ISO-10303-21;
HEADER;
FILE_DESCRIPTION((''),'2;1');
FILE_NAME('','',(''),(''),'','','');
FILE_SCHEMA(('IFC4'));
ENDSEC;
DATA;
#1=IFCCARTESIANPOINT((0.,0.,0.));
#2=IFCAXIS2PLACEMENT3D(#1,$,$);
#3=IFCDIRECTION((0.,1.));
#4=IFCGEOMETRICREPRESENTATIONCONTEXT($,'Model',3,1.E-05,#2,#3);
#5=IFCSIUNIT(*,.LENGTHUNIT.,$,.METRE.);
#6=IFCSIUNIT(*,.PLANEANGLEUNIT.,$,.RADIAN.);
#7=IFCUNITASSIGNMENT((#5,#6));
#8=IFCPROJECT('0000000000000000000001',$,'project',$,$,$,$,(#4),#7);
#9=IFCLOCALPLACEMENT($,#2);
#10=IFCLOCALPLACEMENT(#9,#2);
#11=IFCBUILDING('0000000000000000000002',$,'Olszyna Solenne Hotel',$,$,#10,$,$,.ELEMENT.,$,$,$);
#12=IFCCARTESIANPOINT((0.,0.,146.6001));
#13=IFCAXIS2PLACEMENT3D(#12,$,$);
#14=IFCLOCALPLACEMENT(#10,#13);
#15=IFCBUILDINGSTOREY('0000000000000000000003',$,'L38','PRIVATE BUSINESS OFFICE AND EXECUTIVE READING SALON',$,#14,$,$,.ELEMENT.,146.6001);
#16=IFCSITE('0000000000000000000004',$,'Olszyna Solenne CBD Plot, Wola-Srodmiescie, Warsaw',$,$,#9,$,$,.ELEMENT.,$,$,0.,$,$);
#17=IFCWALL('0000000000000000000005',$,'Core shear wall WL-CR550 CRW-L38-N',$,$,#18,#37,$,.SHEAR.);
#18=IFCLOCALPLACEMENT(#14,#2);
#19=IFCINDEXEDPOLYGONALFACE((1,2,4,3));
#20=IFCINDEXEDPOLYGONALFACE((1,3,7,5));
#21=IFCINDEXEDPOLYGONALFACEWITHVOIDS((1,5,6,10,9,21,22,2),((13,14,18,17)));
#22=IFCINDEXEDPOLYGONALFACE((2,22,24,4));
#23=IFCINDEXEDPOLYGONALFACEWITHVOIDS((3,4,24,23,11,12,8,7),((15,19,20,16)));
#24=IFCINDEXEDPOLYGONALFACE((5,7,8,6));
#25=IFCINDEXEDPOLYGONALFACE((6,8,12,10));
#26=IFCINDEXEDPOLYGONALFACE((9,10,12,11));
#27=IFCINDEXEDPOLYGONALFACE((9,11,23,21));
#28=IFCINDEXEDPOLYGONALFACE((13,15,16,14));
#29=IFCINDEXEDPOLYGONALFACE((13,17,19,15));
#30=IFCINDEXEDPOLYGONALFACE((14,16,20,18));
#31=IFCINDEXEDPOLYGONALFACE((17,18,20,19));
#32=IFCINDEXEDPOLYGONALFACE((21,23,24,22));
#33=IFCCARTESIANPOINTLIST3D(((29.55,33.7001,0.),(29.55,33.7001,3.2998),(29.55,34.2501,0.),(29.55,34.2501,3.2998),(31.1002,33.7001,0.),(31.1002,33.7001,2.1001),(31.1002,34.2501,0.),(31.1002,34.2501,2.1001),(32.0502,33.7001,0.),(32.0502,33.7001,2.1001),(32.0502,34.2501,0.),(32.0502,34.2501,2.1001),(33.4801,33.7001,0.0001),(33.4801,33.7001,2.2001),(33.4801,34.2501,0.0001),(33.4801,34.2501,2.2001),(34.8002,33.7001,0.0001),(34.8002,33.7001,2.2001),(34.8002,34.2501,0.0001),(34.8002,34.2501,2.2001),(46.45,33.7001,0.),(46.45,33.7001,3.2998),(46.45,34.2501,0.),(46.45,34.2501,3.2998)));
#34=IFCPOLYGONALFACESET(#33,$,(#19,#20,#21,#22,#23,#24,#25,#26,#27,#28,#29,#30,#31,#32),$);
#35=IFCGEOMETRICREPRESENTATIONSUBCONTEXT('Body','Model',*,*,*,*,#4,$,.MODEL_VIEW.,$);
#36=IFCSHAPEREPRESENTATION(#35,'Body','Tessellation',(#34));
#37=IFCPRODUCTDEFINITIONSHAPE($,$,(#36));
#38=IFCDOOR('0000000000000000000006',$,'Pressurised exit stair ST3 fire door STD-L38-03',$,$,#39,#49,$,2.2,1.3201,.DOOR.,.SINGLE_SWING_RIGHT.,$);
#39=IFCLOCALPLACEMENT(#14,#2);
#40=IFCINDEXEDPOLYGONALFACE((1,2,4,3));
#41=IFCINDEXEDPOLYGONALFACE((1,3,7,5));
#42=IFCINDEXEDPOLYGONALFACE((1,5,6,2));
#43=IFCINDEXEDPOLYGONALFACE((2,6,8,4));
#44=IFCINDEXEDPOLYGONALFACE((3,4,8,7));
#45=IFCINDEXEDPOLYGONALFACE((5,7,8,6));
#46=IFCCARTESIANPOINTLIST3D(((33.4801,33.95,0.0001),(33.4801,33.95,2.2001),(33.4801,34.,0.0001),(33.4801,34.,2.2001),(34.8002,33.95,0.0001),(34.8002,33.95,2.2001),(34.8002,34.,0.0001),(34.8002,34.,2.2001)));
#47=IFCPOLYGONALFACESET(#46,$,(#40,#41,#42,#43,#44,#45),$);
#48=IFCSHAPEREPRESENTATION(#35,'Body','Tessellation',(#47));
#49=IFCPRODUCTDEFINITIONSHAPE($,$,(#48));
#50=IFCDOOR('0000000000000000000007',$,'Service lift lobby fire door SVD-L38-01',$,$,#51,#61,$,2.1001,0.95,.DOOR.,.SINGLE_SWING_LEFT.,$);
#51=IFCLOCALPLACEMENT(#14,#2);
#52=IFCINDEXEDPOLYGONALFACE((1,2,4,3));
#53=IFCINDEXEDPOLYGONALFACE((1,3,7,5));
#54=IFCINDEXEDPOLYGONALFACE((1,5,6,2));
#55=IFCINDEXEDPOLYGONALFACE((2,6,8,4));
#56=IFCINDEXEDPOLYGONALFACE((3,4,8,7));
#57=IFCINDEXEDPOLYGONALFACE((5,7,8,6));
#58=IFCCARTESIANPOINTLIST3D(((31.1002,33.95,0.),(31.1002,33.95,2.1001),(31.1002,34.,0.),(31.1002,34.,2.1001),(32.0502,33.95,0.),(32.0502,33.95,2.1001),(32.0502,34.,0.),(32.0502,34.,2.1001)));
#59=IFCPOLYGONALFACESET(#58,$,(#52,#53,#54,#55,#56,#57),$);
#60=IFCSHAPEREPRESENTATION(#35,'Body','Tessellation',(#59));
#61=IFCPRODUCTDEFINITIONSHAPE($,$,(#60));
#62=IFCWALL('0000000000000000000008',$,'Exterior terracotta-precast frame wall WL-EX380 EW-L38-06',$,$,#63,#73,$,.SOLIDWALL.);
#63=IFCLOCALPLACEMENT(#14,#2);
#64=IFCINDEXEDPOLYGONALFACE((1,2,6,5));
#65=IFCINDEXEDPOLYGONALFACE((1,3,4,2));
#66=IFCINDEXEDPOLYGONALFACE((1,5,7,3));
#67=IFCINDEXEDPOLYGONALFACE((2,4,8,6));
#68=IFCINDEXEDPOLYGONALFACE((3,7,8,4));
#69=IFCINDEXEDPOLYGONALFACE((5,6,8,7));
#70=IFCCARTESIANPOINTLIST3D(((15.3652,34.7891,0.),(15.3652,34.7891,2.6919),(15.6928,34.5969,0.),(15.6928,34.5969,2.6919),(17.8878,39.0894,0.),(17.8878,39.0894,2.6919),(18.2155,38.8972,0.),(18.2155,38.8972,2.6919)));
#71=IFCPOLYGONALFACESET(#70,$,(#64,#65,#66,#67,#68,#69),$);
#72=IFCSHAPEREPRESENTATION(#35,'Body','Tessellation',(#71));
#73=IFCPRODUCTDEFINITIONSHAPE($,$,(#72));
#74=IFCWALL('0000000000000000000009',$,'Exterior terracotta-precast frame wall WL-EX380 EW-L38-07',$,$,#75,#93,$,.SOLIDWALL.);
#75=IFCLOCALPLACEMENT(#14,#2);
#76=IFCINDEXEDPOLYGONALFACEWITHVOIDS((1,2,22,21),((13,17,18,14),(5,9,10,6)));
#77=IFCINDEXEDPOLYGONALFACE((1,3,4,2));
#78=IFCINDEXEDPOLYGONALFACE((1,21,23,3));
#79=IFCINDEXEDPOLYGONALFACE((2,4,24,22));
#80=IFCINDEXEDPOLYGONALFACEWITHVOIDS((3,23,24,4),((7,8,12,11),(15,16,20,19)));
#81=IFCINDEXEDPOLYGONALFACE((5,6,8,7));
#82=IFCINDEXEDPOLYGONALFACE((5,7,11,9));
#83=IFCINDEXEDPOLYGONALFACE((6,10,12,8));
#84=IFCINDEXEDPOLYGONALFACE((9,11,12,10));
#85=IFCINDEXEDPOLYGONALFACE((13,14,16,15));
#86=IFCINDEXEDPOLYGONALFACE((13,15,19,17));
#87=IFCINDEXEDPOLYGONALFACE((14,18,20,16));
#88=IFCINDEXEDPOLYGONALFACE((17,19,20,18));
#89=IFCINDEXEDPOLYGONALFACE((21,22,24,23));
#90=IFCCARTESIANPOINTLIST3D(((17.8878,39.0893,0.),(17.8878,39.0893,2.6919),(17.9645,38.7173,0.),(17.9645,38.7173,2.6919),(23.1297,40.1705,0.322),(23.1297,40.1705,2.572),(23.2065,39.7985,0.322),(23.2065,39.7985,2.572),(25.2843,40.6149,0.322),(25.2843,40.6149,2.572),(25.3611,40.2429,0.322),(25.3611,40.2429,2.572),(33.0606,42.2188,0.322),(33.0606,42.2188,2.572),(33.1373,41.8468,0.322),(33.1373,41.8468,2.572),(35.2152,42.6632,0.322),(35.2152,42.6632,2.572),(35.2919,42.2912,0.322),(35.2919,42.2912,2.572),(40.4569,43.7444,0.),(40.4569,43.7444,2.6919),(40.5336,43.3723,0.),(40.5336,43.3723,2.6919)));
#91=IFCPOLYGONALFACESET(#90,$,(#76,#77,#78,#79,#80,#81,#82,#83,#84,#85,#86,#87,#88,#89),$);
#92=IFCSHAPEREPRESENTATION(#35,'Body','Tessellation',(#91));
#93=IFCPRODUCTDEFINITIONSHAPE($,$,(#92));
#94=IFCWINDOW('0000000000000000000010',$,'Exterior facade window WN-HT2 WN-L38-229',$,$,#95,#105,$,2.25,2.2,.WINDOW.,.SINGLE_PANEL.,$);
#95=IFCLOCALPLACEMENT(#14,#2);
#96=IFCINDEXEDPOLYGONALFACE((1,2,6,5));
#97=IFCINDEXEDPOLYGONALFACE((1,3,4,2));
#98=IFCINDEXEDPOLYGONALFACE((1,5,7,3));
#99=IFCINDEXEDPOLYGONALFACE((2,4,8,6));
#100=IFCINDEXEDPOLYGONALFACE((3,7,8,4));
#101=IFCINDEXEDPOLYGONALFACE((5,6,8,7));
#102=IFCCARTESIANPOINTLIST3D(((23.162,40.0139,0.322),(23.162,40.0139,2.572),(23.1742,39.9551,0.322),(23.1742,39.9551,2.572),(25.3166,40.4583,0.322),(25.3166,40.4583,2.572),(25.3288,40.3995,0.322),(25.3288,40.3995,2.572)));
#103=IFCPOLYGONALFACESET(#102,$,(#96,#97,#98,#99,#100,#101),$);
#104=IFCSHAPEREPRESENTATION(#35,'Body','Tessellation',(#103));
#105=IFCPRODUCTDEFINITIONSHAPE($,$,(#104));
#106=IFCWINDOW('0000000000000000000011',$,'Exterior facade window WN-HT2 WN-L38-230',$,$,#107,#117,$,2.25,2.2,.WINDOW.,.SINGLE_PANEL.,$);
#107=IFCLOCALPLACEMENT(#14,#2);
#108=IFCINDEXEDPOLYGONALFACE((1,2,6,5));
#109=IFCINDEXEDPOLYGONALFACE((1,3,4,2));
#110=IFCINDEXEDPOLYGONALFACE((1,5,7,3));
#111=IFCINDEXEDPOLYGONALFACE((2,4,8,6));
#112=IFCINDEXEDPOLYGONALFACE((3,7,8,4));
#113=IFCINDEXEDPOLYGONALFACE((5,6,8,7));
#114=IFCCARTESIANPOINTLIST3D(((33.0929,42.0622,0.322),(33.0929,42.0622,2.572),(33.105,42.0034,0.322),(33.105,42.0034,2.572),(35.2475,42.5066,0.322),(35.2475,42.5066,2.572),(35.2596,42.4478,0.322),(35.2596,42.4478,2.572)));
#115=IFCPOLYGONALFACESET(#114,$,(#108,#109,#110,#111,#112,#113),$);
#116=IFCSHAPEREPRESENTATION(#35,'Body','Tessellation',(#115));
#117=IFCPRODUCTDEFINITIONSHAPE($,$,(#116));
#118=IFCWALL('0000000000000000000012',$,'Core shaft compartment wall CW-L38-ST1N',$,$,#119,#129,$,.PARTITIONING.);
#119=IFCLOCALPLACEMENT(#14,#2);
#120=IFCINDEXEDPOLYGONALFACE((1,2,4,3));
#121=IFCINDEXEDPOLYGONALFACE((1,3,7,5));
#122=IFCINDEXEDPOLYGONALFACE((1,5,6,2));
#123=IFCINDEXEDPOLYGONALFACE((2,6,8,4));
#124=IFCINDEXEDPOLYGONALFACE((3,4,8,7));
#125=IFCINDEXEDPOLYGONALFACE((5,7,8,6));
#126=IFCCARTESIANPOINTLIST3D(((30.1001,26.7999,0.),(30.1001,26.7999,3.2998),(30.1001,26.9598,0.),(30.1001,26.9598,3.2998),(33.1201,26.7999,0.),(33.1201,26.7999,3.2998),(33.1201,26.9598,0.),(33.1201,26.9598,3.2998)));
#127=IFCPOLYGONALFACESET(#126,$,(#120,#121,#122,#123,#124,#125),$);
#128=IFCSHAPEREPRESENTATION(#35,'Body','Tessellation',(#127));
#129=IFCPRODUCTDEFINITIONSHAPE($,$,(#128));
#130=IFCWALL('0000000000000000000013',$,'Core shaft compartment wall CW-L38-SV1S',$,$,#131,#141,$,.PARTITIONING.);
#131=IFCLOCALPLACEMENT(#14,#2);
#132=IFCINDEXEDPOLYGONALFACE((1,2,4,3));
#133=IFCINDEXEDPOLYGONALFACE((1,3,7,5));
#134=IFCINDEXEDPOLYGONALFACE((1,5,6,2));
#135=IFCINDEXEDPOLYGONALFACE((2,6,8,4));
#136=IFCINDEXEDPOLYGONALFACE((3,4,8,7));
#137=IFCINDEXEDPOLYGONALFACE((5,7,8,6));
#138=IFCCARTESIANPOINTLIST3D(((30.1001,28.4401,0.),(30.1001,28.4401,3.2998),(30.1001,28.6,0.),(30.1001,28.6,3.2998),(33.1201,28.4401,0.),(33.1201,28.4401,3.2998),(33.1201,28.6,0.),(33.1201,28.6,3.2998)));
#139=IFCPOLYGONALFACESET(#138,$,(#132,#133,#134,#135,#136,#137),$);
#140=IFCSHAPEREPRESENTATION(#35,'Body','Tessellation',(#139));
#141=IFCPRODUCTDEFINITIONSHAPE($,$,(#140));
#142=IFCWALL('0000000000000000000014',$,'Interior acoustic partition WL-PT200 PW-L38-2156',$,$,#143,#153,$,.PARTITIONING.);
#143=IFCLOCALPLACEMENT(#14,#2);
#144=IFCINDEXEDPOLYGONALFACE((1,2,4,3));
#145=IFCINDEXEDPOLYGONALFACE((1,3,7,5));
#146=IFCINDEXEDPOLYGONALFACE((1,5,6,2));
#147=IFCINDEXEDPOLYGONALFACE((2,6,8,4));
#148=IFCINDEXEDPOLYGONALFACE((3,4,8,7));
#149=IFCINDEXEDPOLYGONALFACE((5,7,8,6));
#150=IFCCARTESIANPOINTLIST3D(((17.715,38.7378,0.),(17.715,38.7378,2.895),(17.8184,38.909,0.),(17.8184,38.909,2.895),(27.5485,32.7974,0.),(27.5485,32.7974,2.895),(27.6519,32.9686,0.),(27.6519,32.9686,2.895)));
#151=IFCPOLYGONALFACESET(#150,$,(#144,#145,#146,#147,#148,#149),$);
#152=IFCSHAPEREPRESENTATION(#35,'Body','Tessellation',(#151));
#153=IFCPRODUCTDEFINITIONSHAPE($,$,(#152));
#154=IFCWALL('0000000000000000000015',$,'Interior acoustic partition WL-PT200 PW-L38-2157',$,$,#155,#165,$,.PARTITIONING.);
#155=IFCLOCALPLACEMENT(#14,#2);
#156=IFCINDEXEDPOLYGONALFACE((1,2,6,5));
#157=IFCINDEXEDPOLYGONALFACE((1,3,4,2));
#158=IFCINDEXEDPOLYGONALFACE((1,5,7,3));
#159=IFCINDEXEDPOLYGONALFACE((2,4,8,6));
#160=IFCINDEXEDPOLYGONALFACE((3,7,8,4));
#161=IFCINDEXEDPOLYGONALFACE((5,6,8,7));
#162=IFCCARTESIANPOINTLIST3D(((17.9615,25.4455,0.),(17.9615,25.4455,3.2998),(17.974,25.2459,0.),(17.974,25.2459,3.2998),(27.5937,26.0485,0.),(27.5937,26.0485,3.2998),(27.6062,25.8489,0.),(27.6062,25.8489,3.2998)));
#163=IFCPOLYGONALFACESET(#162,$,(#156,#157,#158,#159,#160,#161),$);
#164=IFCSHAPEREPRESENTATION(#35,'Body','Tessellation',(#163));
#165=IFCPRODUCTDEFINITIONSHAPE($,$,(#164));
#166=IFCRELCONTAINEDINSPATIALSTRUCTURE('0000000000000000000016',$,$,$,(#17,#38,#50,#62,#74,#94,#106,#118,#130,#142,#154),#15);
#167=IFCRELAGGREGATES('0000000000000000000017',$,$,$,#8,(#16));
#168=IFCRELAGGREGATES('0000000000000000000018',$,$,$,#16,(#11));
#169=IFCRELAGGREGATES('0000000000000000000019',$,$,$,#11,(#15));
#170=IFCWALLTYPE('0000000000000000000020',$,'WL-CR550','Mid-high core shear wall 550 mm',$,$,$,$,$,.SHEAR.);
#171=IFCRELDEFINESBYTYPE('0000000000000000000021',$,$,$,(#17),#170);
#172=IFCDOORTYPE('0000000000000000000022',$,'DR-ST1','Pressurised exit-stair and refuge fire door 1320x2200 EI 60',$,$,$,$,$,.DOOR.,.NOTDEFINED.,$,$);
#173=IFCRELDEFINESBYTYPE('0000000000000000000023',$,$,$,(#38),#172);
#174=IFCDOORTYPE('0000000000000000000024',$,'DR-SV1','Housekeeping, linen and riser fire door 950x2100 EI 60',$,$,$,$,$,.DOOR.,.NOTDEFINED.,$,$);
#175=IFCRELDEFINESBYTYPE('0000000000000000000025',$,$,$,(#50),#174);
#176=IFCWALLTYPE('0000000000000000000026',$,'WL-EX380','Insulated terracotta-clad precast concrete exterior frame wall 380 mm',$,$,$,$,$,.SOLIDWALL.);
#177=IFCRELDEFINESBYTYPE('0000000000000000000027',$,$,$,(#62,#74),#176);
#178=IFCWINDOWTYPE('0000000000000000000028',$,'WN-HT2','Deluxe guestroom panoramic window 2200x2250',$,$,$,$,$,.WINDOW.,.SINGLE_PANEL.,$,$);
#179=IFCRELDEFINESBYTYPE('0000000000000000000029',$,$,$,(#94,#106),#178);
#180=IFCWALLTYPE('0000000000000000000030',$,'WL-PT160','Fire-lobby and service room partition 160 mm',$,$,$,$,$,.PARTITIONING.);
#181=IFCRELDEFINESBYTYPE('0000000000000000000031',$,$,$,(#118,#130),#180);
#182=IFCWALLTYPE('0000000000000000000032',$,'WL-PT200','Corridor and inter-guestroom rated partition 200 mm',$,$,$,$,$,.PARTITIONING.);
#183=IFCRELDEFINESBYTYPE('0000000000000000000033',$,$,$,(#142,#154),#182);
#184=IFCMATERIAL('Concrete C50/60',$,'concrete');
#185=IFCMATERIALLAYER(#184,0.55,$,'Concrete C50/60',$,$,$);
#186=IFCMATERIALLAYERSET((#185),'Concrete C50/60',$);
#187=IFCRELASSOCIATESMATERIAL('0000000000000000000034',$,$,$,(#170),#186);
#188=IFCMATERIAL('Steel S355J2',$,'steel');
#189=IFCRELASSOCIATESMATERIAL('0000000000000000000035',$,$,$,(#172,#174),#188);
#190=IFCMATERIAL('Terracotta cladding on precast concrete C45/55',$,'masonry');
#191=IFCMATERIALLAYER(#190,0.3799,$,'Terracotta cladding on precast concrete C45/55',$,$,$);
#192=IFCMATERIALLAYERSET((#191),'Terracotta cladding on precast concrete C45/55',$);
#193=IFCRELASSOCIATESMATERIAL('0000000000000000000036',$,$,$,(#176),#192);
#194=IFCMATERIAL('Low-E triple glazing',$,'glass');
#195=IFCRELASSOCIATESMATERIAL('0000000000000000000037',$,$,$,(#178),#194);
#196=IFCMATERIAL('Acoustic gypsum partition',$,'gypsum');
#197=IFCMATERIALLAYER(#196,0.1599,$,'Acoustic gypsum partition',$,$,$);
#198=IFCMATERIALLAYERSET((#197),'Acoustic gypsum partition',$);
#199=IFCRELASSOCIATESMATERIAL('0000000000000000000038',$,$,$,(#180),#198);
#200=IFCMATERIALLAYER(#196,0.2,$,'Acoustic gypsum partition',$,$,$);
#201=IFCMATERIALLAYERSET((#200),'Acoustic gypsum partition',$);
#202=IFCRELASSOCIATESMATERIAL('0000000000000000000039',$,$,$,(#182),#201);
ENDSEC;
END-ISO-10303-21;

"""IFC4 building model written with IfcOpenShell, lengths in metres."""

from ifc_helpers import new_model, si_unit, direction, frame, frame_2d, origin, place, context, subcontext, project, spatial, rectangle, extrude, source, transform, mapped, material, layer, layer_set, type_object, type_shapes, element, fill, save


model = new_model("IFC4")

# Units and contexts
model_context = context("Model", 3, precision=1e-05, world=origin(), true_north=direction((0.0, 1.0)))
body_context = subcontext(model_context, "Body", "Model", "MODEL_VIEW")
ifc_project = project(units=[si_unit("LENGTHUNIT", "METRE"), si_unit("PLANEANGLEUNIT", "RADIAN")], contexts=[model_context])

# Site, building, storey
site_placement = place(None, origin())
site = spatial("IfcSite", under=ifc_project, at=site_placement, Name="Olszyna Solenne CBD Plot, Wola-Srodmiescie, Warsaw", CompositionType="ELEMENT", RefElevation=0.0)
building_placement = place(site_placement, origin())
building = spatial("IfcBuilding", under=site, at=building_placement, Name="Olszyna Solenne Hotel", CompositionType="ELEMENT")
storey_placement = place(building_placement, frame((0.0, 0.0, 146.6001)))
storey = spatial("IfcBuildingStorey", under=building, at=storey_placement, Name="L38", Description="PRIVATE BUSINESS OFFICE AND EXECUTIVE READING SALON", CompositionType="ELEMENT", Elevation=146.6001)

# Shared definitions
ifc_material_1 = material(Name="Steel S355J2", Category="steel")

# Wall, openings, doors
ifc_material_2 = material(Name="Concrete C50/60", Category="concrete")
ifc_layer_1 = layer(ifc_material_2, 0.55, Name="Concrete C50/60")
ifc_layer_set_1 = layer_set([ifc_layer_1], Name="Concrete C50/60")
wall_type_1 = type_object("IfcWallType", Name="WL-CR550", Description="Mid-high core shear wall 550 mm", PredefinedType="SHEAR", material=ifc_layer_set_1)
wall_1_placement = place(storey_placement, frame((29.55, 33.9751, 0.0), z_axis=(0.0, 0.0, 1.0), x_axis=(1.0, 0.0, 0.0)))
wall_1 = element("IfcWall", 1, at=wall_1_placement, inside=storey, type_object=wall_type_1, Name="Core shear wall WL-CR550 CRW-L38-N", PredefinedType="SHEAR", context=body_context, shape_type="SweptSolid", body=[
    extrude(rectangle(XDim=16.8999, YDim=0.55, at=frame_2d((8.45, 0.0))), origin(), (0.0, 0.0, 1.0), 3.2998),
])
opening_1_placement = place(wall_1_placement, frame((1.55, 0.0, 0.0)))
opening_1 = element("IfcOpeningElement", 2, at=opening_1_placement, cuts=wall_1, PredefinedType="OPENING", context=body_context, shape_type="SweptSolid", body=[
    extrude(rectangle(XDim=0.95, YDim=2.1001, at=frame_2d((0.4751, 1.05))), frame((0.0, 0.2852, 0.0), z_axis=(0.0, -1.0, 0.0), x_axis=(1.0, 0.0, 0.0)), (0.0, 0.0, 1.0), 0.5701),
])
opening_2_placement = place(wall_1_placement, frame((3.9299, 0.0, 0.0)))
opening_2 = element("IfcOpeningElement", 3, at=opening_2_placement, cuts=wall_1, PredefinedType="OPENING", context=body_context, shape_type="SweptSolid", body=[
    extrude(rectangle(XDim=1.3201, YDim=2.2, at=frame_2d((0.6602, 1.1001))), frame((0.0, 0.2852, 0.0), z_axis=(0.0, -1.0, 0.0), x_axis=(1.0, 0.0, 0.0)), (0.0, 0.0, 1.0), 0.5701),
])
door_type_1 = type_object("IfcDoorType", Name="DR-ST1", Description="Pressurised exit-stair and refuge fire door 1320x2200 EI 60", OperationType="NOTDEFINED", PredefinedType="DOOR", material=ifc_material_1)
shared_shape_1 = source(origin(), body_context, "Body", "SweptSolid", [
    extrude(rectangle(XDim=1.3201, YDim=2.2, at=frame_2d((0.6602, 1.1001))), frame((0.0, 0.0249, 0.0), z_axis=(0.0, -1.0, 0.0), x_axis=(1.0, 0.0, 0.0)), (0.0, 0.0, 1.0), 0.05),
])
type_shapes(door_type_1, [shared_shape_1])
door_1_placement = place(opening_2_placement, origin())
door_1 = element("IfcDoor", 4, at=door_1_placement, inside=storey, type_object=door_type_1, Name="Pressurised exit stair ST3 fire door STD-L38-03", OperationType="SINGLE_SWING_RIGHT", OverallHeight=2.2, OverallWidth=1.3201, PredefinedType="DOOR", context=body_context, shape_type="MappedRepresentation", body=[
    mapped(shared_shape_1, transform((0.0, 0.0, 0.0), x_axis=(1.0, 0.0, 0.0), y_axis=(0.0, 1.0, 0.0), z_axis=(0.0, 0.0, 1.0), scale=1.0)),
])
fill(opening_2, door_1)
door_type_2 = type_object("IfcDoorType", Name="DR-SV1", Description="Housekeeping, linen and riser fire door 950x2100 EI 60", OperationType="NOTDEFINED", PredefinedType="DOOR", material=ifc_material_1)
shared_shape_2 = source(origin(), body_context, "Body", "SweptSolid", [
    extrude(rectangle(XDim=0.95, YDim=2.1001, at=frame_2d((0.4751, 1.05))), frame((0.0, 0.0249, 0.0), z_axis=(0.0, -1.0, 0.0), x_axis=(1.0, 0.0, 0.0)), (0.0, 0.0, 1.0), 0.05),
])
type_shapes(door_type_2, [shared_shape_2])
door_2_placement = place(opening_1_placement, origin())
door_2 = element("IfcDoor", 5, at=door_2_placement, inside=storey, type_object=door_type_2, Name="Service lift lobby fire door SVD-L38-01", OperationType="SINGLE_SWING_LEFT", OverallHeight=2.1001, OverallWidth=0.95, PredefinedType="DOOR", context=body_context, shape_type="MappedRepresentation", body=[
    mapped(shared_shape_2, transform((0.0, 0.0, 0.0), x_axis=(1.0, 0.0, 0.0), y_axis=(0.0, 1.0, 0.0), z_axis=(0.0, 0.0, 1.0), scale=1.0)),
])
fill(opening_1, door_2)

# Wall
ifc_material_3 = material(Name="Terracotta cladding on precast concrete C45/55", Category="masonry")
ifc_layer_2 = layer(ifc_material_3, 0.3799, Name="Terracotta cladding on precast concrete C45/55")
ifc_layer_set_2 = layer_set([ifc_layer_2], Name="Terracotta cladding on precast concrete C45/55")
wall_type_2 = type_object("IfcWallType", Name="WL-EX380", Description="Insulated terracotta-clad precast concrete exterior frame wall 380 mm", PredefinedType="SOLIDWALL", material=ifc_layer_set_2)
wall_2_placement = place(storey_placement, frame((15.5291, 34.6931, 0.0), z_axis=(0.0, 0.0, 1.0), x_axis=(0.505995, 0.862537, 0.0)))
element("IfcWall", 6, at=wall_2_placement, inside=storey, type_object=wall_type_2, Name="Exterior terracotta-precast frame wall WL-EX380 EW-L38-06", PredefinedType="SOLIDWALL", context=body_context, shape_type="SweptSolid", body=[
    extrude(rectangle(XDim=4.9856, YDim=0.3799, at=frame_2d((2.4927, 0.0))), origin(), (0.0, 0.0, 1.0), 2.6919),
])

# Wall, openings, windows
wall_3_placement = place(storey_placement, frame((17.9263, 38.9033, 0.0), z_axis=(0.0, 0.0, 1.0), x_axis=(0.979385, 0.202005, 0.0)))
wall_3 = element("IfcWall", 7, at=wall_3_placement, inside=storey, type_object=wall_type_2, Name="Exterior terracotta-precast frame wall WL-EX380 EW-L38-07", PredefinedType="SOLIDWALL", context=body_context, shape_type="SweptSolid", body=[
    extrude(rectangle(XDim=23.0442, YDim=0.3799, at=frame_2d((11.522, 0.0))), origin(), (0.0, 0.0, 1.0), 2.6919),
])
opening_3_placement = place(wall_3_placement, frame((5.3521, 0.0, 0.322)))
opening_3 = element("IfcOpeningElement", 8, at=opening_3_placement, cuts=wall_3, PredefinedType="OPENING", context=body_context, shape_type="SweptSolid", body=[
    extrude(rectangle(XDim=2.2, YDim=2.25, at=frame_2d((1.1001, 1.125))), frame((0.0, 0.2, 0.0), z_axis=(0.0, -1.0, 0.0), x_axis=(1.0, 0.0, 0.0)), (0.0, 0.0, 1.0), 0.3999),
])
opening_4_placement = place(wall_3_placement, frame((15.4919, 0.0, 0.322)))
opening_4 = element("IfcOpeningElement", 9, at=opening_4_placement, cuts=wall_3, PredefinedType="OPENING", context=body_context, shape_type="SweptSolid", body=[
    extrude(rectangle(XDim=2.2, YDim=2.25, at=frame_2d((1.1001, 1.125))), frame((0.0, 0.2, 0.0), z_axis=(0.0, -1.0, 0.0), x_axis=(1.0, 0.0, 0.0)), (0.0, 0.0, 1.0), 0.3999),
])
ifc_material_4 = material(Name="Low-E triple glazing", Category="glass")
window_type = type_object("IfcWindowType", Name="WN-HT2", Description="Deluxe guestroom panoramic window 2200x2250", PartitioningType="SINGLE_PANEL", PredefinedType="WINDOW", material=ifc_material_4)
shared_shape_3 = source(origin(), body_context, "Body", "SweptSolid", [
    extrude(rectangle(XDim=2.2, YDim=2.25, at=frame_2d((1.1001, 1.125))), frame((0.0, 0.03, 0.0), z_axis=(0.0, -1.0, 0.0), x_axis=(1.0, 0.0, 0.0)), (0.0, 0.0, 1.0), 0.0601),
])
type_shapes(window_type, [shared_shape_3])
window_1_placement = place(opening_3_placement, origin())
window_1 = element("IfcWindow", 10, at=window_1_placement, inside=storey, type_object=window_type, Name="Exterior facade window WN-HT2 WN-L38-229", OverallHeight=2.25, OverallWidth=2.2, PartitioningType="SINGLE_PANEL", PredefinedType="WINDOW", context=body_context, shape_type="MappedRepresentation", body=[
    mapped(shared_shape_3, transform((0.0, 0.0, 0.0), x_axis=(1.0, 0.0, 0.0), y_axis=(0.0, 1.0, 0.0), z_axis=(0.0, 0.0, 1.0), scale=1.0)),
])
fill(opening_3, window_1)
window_2_placement = place(opening_4_placement, origin())
window_2 = element("IfcWindow", 11, at=window_2_placement, inside=storey, type_object=window_type, Name="Exterior facade window WN-HT2 WN-L38-230", OverallHeight=2.25, OverallWidth=2.2, PartitioningType="SINGLE_PANEL", PredefinedType="WINDOW", context=body_context, shape_type="MappedRepresentation", body=[
    mapped(shared_shape_3, transform((0.0, 0.0, 0.0), x_axis=(1.0, 0.0, 0.0), y_axis=(0.0, 1.0, 0.0), z_axis=(0.0, 0.0, 1.0), scale=1.0)),
])
fill(opening_4, window_2)

# Walls
ifc_material_5 = material(Name="Acoustic gypsum partition", Category="gypsum")
ifc_layer_3 = layer(ifc_material_5, 0.1599, Name="Acoustic gypsum partition")
ifc_layer_set_3 = layer_set([ifc_layer_3], Name="Acoustic gypsum partition")
wall_type_3 = type_object("IfcWallType", Name="WL-PT160", Description="Fire-lobby and service room partition 160 mm", PredefinedType="PARTITIONING", material=ifc_layer_set_3)
for number, where, z_axis, x_axis, name in (
    (12, (30.1001, 26.8799, 0.0), (0.0, 0.0, 1.0), (1.0, 0.0, 0.0), "Core shaft compartment wall CW-L38-ST1N"),
    (13, (30.1001, 28.52, 0.0), (0.0, 0.0, 1.0), (1.0, 0.0, 0.0), "Core shaft compartment wall CW-L38-SV1S"),
):
    element("IfcWall", number, at=place(storey_placement, frame(where, z_axis=z_axis, x_axis=x_axis)), inside=storey, type_object=wall_type_3, Name=name, PredefinedType="PARTITIONING", context=body_context, shape_type="SweptSolid", body=[
        extrude(rectangle(XDim=3.02, YDim=0.1599, at=frame_2d((1.51, 0.0))), origin(), (0.0, 0.0, 1.0), 3.2998),
    ])
ifc_layer_4 = layer(ifc_material_5, 0.2, Name="Acoustic gypsum partition")
ifc_layer_set_4 = layer_set([ifc_layer_4], Name="Acoustic gypsum partition")
wall_type_4 = type_object("IfcWallType", Name="WL-PT200", Description="Corridor and inter-guestroom rated partition 200 mm", PredefinedType="PARTITIONING", material=ifc_layer_set_4)
wall_4_placement = place(storey_placement, frame((27.6001, 32.8831, 0.0), z_axis=(0.0, 0.0, 1.0), x_axis=(-0.85594, 0.517075, 0.0)))
element("IfcWall", 14, at=wall_4_placement, inside=storey, type_object=wall_type_4, Name="Interior acoustic partition WL-PT200 PW-L38-2156", PredefinedType="PARTITIONING", context=body_context, shape_type="SweptSolid", body=[
    extrude(rectangle(XDim=11.4885, YDim=0.2, at=frame_2d((5.7441, 0.0))), origin(), (0.0, 0.0, 1.0), 2.895),
])
wall_5_placement = place(storey_placement, frame((27.6001, 25.9487, 0.0), z_axis=(0.0, 0.0, 1.0), x_axis=(-0.998046, -0.062482, 0.0)))
element("IfcWall", 15, at=wall_5_placement, inside=storey, type_object=wall_type_4, Name="Interior acoustic partition WL-PT200 PW-L38-2157", PredefinedType="PARTITIONING", context=body_context, shape_type="SweptSolid", body=[
    extrude(rectangle(XDim=9.6511, YDim=0.2, at=frame_2d((4.8257, 0.0))), origin(), (0.0, 0.0, 1.0), 3.2998),
])

save(model, "model.ifc")
